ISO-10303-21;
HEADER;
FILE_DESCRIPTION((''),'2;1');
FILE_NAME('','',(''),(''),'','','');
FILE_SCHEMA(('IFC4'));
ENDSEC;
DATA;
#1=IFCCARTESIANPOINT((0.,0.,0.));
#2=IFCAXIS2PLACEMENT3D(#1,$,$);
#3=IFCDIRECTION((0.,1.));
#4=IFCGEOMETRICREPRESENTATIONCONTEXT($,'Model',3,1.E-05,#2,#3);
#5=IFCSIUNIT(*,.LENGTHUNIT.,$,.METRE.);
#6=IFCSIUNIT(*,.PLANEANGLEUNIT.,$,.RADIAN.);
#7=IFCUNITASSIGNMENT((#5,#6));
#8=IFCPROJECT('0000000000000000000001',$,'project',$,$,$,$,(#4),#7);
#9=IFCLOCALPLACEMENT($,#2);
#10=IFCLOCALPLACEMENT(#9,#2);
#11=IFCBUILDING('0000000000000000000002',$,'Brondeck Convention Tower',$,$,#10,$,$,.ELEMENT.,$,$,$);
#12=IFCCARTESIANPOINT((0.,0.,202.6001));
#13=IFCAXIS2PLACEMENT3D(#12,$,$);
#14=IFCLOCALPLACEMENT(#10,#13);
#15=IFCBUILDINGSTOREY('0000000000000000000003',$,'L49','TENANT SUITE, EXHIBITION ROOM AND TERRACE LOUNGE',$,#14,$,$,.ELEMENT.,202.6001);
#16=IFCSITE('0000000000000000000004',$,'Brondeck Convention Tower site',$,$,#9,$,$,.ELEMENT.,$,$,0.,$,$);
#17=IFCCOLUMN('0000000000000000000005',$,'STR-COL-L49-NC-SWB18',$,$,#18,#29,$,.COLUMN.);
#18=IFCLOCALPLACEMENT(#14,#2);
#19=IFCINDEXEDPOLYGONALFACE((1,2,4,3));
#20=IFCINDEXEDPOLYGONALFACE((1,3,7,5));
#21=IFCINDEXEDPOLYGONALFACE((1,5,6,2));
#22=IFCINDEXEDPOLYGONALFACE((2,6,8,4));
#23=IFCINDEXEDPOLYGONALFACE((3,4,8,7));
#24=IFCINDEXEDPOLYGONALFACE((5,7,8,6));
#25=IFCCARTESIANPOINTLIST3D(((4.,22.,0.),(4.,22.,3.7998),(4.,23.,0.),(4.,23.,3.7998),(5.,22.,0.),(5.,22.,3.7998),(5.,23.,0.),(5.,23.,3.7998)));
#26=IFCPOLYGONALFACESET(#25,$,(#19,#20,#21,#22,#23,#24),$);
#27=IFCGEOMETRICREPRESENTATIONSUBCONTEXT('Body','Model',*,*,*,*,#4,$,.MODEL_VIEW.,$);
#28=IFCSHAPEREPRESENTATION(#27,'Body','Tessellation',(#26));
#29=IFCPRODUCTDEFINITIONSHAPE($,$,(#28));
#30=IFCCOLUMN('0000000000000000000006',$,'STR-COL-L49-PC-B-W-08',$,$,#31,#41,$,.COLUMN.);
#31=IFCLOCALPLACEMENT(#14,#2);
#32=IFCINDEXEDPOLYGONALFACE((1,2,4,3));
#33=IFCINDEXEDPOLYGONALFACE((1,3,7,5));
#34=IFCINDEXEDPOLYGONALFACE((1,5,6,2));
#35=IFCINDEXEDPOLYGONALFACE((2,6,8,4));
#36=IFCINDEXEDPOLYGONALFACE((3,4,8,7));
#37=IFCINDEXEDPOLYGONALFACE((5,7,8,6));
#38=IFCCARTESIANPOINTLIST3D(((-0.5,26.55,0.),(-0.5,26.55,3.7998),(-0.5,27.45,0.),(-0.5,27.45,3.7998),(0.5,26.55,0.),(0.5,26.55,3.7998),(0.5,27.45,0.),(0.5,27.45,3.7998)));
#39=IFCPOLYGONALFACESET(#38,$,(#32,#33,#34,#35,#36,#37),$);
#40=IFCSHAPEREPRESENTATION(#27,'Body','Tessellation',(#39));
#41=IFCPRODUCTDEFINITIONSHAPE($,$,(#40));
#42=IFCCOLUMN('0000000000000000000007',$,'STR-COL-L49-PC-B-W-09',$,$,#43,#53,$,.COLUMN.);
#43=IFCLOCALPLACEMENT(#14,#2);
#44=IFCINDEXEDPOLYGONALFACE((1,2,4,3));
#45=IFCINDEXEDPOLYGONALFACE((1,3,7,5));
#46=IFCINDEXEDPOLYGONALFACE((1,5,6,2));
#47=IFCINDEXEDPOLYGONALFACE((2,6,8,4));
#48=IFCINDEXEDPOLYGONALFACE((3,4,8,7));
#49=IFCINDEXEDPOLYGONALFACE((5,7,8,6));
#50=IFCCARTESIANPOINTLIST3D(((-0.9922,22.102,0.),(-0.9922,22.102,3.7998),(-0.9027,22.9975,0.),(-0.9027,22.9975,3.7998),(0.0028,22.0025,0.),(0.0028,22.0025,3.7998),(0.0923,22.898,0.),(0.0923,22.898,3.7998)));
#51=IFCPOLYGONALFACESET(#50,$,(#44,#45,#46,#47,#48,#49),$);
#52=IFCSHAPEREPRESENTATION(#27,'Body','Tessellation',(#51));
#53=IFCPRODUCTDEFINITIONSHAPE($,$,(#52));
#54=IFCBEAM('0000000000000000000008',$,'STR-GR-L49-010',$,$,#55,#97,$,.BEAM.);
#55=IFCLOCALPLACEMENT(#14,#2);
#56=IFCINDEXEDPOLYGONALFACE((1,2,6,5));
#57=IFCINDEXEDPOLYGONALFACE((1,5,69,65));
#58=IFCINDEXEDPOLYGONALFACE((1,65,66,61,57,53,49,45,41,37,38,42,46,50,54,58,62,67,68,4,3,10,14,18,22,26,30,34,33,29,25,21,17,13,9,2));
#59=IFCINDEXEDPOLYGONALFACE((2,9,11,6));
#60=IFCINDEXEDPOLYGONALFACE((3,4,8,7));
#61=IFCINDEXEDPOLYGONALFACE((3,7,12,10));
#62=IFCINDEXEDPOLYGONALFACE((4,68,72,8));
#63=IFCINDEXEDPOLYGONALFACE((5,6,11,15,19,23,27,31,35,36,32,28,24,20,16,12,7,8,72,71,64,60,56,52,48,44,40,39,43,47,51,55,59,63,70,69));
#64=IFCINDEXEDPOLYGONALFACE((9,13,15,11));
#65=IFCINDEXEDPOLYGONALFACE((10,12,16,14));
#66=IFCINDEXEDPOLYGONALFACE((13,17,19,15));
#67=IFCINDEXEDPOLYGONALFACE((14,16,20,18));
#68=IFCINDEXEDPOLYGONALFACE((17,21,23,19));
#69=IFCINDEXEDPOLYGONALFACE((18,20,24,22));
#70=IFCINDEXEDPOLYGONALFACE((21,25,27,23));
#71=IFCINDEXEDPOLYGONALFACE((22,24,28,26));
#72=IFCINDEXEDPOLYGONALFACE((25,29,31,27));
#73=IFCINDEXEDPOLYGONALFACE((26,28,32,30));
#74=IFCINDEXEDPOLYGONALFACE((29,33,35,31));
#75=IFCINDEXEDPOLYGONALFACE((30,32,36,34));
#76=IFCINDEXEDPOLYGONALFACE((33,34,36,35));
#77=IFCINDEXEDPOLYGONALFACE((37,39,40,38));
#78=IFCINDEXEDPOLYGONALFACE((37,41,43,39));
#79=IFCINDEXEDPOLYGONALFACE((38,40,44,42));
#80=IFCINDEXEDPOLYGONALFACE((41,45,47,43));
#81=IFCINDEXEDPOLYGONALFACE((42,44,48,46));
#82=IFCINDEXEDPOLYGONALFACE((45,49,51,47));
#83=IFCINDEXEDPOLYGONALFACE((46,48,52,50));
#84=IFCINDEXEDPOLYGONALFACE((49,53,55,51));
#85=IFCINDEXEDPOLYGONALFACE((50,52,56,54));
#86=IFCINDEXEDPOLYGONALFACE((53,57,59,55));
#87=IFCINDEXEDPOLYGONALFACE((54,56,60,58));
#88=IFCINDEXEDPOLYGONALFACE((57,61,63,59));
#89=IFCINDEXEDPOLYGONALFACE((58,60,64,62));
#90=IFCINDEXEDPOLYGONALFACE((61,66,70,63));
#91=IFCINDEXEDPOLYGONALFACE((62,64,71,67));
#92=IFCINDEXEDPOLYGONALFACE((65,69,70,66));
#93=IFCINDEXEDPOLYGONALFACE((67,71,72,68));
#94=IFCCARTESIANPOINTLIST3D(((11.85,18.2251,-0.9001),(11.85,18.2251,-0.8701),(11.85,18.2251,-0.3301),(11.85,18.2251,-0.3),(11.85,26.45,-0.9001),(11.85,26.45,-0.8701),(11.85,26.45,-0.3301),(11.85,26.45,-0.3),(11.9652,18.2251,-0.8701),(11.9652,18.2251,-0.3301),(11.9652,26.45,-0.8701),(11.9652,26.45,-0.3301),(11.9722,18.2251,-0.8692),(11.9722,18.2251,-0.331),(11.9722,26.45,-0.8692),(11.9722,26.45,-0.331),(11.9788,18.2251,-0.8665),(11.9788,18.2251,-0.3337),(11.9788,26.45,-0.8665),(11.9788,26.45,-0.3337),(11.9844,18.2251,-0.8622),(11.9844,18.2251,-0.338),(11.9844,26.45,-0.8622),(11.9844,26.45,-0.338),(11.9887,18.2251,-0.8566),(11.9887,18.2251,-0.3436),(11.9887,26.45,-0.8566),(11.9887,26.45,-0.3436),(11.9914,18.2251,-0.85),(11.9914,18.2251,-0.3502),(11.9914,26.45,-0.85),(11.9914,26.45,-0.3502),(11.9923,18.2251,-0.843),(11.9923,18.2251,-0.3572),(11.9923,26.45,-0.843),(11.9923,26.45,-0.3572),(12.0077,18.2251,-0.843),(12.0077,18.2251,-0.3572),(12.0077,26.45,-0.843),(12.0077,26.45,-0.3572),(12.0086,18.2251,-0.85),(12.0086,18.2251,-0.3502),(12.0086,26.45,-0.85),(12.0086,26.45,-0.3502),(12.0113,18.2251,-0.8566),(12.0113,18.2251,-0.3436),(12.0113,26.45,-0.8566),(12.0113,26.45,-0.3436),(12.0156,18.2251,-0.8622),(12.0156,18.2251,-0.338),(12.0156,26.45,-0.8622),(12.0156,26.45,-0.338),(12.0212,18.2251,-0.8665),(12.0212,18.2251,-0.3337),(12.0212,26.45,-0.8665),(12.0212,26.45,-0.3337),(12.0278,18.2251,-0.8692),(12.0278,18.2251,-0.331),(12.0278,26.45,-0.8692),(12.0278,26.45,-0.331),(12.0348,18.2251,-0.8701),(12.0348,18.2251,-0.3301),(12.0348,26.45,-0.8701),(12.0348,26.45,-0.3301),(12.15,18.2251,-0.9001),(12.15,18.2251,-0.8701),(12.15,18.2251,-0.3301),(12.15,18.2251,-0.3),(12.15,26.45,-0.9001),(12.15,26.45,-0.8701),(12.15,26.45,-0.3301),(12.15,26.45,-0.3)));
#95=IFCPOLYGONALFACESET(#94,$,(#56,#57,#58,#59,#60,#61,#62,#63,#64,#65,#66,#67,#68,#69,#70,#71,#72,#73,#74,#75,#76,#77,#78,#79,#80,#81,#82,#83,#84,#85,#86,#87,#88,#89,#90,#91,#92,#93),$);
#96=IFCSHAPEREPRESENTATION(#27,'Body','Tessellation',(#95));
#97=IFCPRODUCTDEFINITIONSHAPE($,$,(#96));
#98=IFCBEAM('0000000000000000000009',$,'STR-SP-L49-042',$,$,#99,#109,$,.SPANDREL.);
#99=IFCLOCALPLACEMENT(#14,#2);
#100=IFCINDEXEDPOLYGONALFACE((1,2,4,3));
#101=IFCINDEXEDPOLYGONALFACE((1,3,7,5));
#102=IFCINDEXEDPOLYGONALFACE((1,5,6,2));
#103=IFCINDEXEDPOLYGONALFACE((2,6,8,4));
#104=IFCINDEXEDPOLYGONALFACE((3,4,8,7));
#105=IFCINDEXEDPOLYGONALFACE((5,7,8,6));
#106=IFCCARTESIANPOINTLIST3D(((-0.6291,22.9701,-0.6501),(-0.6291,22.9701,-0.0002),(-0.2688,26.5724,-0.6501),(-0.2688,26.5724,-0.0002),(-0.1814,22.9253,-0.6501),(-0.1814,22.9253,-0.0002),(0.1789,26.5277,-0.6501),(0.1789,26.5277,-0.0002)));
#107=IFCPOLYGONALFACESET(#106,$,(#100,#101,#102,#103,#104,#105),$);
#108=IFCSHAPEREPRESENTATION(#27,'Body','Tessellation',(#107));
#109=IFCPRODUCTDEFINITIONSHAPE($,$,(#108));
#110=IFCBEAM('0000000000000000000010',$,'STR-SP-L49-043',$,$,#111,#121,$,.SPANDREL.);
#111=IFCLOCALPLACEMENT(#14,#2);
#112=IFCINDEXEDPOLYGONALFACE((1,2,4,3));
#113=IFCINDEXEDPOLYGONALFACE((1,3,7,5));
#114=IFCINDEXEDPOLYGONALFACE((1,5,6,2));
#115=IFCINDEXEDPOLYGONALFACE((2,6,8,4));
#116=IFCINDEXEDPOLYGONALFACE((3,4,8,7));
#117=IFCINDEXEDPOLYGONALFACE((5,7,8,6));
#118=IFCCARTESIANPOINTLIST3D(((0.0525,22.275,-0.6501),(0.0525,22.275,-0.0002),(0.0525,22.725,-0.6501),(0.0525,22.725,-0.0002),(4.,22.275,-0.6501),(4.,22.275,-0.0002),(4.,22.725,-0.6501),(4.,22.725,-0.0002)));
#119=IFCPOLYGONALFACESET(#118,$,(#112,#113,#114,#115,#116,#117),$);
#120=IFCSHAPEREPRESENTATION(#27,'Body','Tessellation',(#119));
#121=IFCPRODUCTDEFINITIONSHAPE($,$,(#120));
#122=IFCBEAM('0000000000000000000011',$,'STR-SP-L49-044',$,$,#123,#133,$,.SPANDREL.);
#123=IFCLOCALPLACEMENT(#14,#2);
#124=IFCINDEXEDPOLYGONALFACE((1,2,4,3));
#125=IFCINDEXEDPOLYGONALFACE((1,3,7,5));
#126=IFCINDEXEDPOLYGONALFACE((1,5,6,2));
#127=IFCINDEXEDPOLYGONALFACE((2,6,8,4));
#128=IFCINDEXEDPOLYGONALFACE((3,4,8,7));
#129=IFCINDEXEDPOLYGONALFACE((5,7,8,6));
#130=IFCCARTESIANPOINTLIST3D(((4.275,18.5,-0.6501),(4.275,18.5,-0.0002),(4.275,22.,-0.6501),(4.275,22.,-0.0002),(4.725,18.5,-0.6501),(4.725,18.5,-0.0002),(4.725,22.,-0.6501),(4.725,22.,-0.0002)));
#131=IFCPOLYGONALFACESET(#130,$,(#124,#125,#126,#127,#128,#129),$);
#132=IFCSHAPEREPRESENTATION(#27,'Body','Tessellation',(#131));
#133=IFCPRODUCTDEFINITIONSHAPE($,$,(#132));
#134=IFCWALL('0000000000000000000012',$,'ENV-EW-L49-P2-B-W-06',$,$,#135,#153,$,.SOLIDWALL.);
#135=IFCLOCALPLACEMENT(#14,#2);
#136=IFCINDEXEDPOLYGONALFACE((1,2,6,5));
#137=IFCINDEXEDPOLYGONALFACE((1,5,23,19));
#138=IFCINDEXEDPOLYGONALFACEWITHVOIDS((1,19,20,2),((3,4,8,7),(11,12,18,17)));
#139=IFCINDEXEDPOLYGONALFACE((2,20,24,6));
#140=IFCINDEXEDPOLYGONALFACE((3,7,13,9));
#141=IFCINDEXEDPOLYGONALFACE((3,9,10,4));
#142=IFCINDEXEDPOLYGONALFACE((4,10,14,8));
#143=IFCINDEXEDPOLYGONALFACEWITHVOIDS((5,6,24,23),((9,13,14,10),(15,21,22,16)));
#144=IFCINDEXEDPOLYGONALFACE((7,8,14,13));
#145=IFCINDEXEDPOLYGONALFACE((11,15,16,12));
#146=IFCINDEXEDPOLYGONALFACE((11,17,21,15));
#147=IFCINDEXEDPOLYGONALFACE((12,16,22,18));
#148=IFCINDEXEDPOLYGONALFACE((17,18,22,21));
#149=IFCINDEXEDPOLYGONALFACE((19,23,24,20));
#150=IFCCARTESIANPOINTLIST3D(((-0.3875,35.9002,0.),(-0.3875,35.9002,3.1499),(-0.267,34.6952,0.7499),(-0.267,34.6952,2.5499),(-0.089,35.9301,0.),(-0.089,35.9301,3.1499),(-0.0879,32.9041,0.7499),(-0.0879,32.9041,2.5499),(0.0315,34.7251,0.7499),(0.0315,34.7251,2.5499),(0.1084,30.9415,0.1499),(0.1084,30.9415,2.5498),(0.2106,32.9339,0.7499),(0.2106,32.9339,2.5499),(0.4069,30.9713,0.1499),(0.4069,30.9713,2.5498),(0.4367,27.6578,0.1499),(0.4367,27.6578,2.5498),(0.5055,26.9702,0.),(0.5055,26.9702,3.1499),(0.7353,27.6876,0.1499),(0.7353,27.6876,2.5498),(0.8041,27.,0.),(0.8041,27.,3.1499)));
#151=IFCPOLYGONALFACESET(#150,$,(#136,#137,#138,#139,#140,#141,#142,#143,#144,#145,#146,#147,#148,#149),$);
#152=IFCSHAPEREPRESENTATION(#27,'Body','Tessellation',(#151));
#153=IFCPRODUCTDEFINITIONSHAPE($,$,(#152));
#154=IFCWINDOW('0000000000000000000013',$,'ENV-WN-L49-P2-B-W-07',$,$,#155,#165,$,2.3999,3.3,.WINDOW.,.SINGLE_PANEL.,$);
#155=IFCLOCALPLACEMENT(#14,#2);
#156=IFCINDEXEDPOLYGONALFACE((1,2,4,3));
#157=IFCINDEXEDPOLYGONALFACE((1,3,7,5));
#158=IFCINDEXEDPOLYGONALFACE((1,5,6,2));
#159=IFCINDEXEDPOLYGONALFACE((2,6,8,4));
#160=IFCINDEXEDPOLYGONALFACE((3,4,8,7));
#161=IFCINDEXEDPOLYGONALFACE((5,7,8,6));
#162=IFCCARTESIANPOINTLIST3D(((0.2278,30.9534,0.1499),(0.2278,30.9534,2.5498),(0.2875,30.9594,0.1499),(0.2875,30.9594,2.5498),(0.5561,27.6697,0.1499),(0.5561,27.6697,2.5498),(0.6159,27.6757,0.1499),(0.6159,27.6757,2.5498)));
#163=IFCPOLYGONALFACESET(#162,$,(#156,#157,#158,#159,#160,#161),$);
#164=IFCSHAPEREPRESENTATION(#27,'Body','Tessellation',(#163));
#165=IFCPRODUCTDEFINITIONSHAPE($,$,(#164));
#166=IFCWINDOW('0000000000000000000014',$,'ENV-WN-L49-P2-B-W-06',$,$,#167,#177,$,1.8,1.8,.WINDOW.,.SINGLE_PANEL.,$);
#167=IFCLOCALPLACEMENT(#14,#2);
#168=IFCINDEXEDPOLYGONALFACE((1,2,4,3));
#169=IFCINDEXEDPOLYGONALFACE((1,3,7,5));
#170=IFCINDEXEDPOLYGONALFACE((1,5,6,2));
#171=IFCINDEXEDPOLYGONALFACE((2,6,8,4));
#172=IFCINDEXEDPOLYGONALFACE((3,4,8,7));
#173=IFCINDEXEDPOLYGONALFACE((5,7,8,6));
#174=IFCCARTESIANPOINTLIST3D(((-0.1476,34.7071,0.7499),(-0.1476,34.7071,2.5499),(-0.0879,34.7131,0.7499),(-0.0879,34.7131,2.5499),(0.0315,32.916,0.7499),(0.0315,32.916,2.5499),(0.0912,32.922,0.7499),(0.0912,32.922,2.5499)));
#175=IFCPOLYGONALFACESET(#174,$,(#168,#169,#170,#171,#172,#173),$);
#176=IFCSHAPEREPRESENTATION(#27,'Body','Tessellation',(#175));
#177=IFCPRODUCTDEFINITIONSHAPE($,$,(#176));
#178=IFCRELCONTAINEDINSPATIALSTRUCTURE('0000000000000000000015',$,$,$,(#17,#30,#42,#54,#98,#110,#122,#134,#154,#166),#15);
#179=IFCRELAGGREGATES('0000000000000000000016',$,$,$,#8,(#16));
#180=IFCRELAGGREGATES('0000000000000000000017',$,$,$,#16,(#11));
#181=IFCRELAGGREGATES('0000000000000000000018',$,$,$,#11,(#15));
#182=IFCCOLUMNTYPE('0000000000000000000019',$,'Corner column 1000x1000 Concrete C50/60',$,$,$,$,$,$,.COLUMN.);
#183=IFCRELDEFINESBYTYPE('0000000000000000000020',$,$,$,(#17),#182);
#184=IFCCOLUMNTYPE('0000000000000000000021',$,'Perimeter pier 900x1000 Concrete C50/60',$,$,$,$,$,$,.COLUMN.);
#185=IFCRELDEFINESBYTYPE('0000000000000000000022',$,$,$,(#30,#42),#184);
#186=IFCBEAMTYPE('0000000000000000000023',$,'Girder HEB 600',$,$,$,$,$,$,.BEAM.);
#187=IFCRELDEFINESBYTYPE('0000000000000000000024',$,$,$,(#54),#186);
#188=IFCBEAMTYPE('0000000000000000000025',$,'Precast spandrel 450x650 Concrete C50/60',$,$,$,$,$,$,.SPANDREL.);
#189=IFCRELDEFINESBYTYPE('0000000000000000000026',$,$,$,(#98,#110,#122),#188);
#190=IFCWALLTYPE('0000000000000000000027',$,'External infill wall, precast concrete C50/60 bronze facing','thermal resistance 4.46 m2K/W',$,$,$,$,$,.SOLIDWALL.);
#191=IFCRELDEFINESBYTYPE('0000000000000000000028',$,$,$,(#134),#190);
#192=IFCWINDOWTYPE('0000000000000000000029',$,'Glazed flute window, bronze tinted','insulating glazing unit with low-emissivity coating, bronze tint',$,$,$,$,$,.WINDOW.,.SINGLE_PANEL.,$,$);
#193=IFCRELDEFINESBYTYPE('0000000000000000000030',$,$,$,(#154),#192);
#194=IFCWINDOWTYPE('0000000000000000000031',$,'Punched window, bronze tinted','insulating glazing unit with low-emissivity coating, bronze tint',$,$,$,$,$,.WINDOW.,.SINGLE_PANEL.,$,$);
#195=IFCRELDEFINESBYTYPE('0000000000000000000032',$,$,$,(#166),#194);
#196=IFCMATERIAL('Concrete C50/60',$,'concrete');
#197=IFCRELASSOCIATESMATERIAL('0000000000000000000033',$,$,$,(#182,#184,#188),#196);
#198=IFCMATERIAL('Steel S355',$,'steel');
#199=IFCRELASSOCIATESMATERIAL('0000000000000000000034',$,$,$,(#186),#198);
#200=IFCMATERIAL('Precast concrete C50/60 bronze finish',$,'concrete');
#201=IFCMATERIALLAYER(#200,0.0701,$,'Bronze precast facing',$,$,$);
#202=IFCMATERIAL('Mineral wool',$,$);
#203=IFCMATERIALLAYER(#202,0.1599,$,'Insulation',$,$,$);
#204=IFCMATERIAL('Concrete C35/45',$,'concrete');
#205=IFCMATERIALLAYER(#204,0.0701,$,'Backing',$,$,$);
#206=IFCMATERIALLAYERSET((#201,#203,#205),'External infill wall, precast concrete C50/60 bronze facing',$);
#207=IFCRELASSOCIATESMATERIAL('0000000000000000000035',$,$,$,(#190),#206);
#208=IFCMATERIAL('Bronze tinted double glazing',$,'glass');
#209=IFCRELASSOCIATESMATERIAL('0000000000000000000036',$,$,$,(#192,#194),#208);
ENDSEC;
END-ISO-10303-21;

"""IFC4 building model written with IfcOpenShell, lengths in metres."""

from ifc_helpers import new_model, si_unit, direction, frame, frame_2d, origin, origin_2d, place, context, subcontext, project, spatial, rectangle, i_section, extrude, material, layer, layer_set, material_profile, profile_set, type_object, element, fill, save


model = new_model("IFC4")

# Units and contexts
model_context = context("Model", 3, precision=1e-05, world=origin(), true_north=direction((0.0, 1.0)))
body_context = subcontext(model_context, "Body", "Model", "MODEL_VIEW")
ifc_project = project(units=[si_unit("LENGTHUNIT", "METRE"), si_unit("PLANEANGLEUNIT", "RADIAN")], contexts=[model_context])

# Site, building, storey
site_placement = place(None, origin())
site = spatial("IfcSite", under=ifc_project, at=site_placement, Name="Brondeck Convention Tower site", CompositionType="ELEMENT", RefElevation=0.0)
building_placement = place(site_placement, origin())
building = spatial("IfcBuilding", under=site, at=building_placement, Name="Brondeck Convention Tower", CompositionType="ELEMENT")
storey_placement = place(building_placement, frame((0.0, 0.0, 202.6001)))
storey = spatial("IfcBuildingStorey", under=building, at=storey_placement, Name="L49", Description="TENANT SUITE, EXHIBITION ROOM AND TERRACE LOUNGE", CompositionType="ELEMENT", Elevation=202.6001)

# Columns
ifc_material_1 = material(Name="Concrete C50/60", Category="concrete")
ifc_material_profile_1 = material_profile(ifc_material_1, rectangle(XDim=1.0, YDim=1.0, at=origin_2d()), Name="Corner column 1000x1000 Concrete C50/60")
ifc_profile_set_1 = profile_set([ifc_material_profile_1], Name="Concrete C50/60")
column_type_1 = type_object("IfcColumnType", Name="Corner column 1000x1000 Concrete C50/60", PredefinedType="COLUMN", material=ifc_profile_set_1)
column_placement = place(storey_placement, frame((4.5, 22.5, 0.0), z_axis=(0.0, 0.0, 1.0), x_axis=(1.0, 0.0, 0.0)))
element("IfcColumn", 1, at=column_placement, inside=storey, type_object=column_type_1, Name="STR-COL-L49-NC-SWB18", PredefinedType="COLUMN", context=body_context, shape_type="SweptSolid", body=[
    extrude(rectangle(XDim=1.0, YDim=1.0, at=origin_2d()), origin(), (0.0, 0.0, 1.0), 3.7998),
])
ifc_material_profile_2 = material_profile(ifc_material_1, rectangle(XDim=0.8999, YDim=1.0, at=origin_2d()), Name="Perimeter pier 900x1000 Concrete C50/60")
ifc_profile_set_2 = profile_set([ifc_material_profile_2], Name="Concrete C50/60")
column_type_2 = type_object("IfcColumnType", Name="Perimeter pier 900x1000 Concrete C50/60", PredefinedType="COLUMN", material=ifc_profile_set_2)
for number, where, z_axis, x_axis, name in (
    (2, (0.0, 27.0, 0.0), (0.0, 0.0, 1.0), (0.0, -1.0, 0.0), "STR-COL-L49-PC-B-W-08"),
    (3, (-0.45, 22.5, 0.0), (0.0, 0.0, 1.0), (-0.099504, -0.995037, 0.0), "STR-COL-L49-PC-B-W-09"),
):
    element("IfcColumn", number, at=place(storey_placement, frame(where, z_axis=z_axis, x_axis=x_axis)), inside=storey, type_object=column_type_2, Name=name, PredefinedType="COLUMN", context=body_context, shape_type="SweptSolid", body=[
        extrude(rectangle(XDim=0.8999, YDim=1.0, at=origin_2d()), origin(), (0.0, 0.0, 1.0), 3.7998),
    ])

# Beams
ifc_material_2 = material(Name="Steel S355", Category="steel")
ifc_material_profile_3 = material_profile(ifc_material_2, i_section(OverallWidth=0.3, OverallDepth=0.6001, WebThickness=0.0154, FlangeThickness=0.03, FilletRadius=0.0271, at=origin_2d()), Name="HEB 600")
ifc_profile_set_3 = profile_set([ifc_material_profile_3], Name="Steel S355")
beam_type_1 = type_object("IfcBeamType", Name="Girder HEB 600", PredefinedType="BEAM", material=ifc_profile_set_3)
beam_1_placement = place(storey_placement, frame((12.0, 26.45, -0.6001), z_axis=(0.0, -1.0, 0.0), x_axis=(1.0, 0.0, 0.0)))
element("IfcBeam", 4, at=beam_1_placement, inside=storey, type_object=beam_type_1, Name="STR-GR-L49-010", PredefinedType="BEAM", context=body_context, shape_type="SweptSolid", body=[
    extrude(i_section(OverallWidth=0.3, OverallDepth=0.6001, WebThickness=0.0154, FlangeThickness=0.03, FilletRadius=0.0271, at=origin_2d()), origin(), (0.0, 0.0, 1.0), 8.2249),
])
ifc_material_profile_4 = material_profile(ifc_material_1, rectangle(XDim=0.45, YDim=0.6499, at=origin_2d()), Name="Precast spandrel 450x650 Concrete C50/60")
ifc_profile_set_4 = profile_set([ifc_material_profile_4], Name="Concrete C50/60")
beam_type_2 = type_object("IfcBeamType", Name="Precast spandrel 450x650 Concrete C50/60", PredefinedType="SPANDREL", material=ifc_profile_set_4)
beam_2_placement = place(storey_placement, frame((-0.0449, 26.55, -0.3252), z_axis=(-0.099537, -0.995034, 0.0), x_axis=(0.995034, -0.099537, 0.0)))
element("IfcBeam", 5, at=beam_2_placement, inside=storey, type_object=beam_type_2, Name="STR-SP-L49-042", PredefinedType="SPANDREL", context=body_context, shape_type="SweptSolid", body=[
    extrude(rectangle(XDim=0.45, YDim=0.6499, at=origin_2d()), origin(), (0.0, 0.0, 1.0), 3.6204),
])
beam_3_placement = place(storey_placement, frame((0.0525, 22.5, -0.3252), z_axis=(1.0, 0.0, 0.0), x_axis=(0.0, 1.0, 0.0)))
element("IfcBeam", 6, at=beam_3_placement, inside=storey, type_object=beam_type_2, Name="STR-SP-L49-043", PredefinedType="SPANDREL", context=body_context, shape_type="SweptSolid", body=[
    extrude(rectangle(XDim=0.45, YDim=0.6499, at=origin_2d()), origin(), (0.0, 0.0, 1.0), 3.9475),
])
beam_4_placement = place(storey_placement, frame((4.5, 22.0, -0.3252), z_axis=(0.0, -1.0, 0.0), x_axis=(1.0, 0.0, 0.0)))
element("IfcBeam", 7, at=beam_4_placement, inside=storey, type_object=beam_type_2, Name="STR-SP-L49-044", PredefinedType="SPANDREL", context=body_context, shape_type="SweptSolid", body=[
    extrude(rectangle(XDim=0.45, YDim=0.6499, at=origin_2d()), origin(), (0.0, 0.0, 1.0), 3.5),
])

# Wall, openings, windows
ifc_material_3 = material(Name="Precast concrete C50/60 bronze finish", Category="concrete")
ifc_layer_1 = layer(ifc_material_3, 0.0701, Name="Bronze precast facing")
ifc_material_4 = material(Name="Mineral wool")
ifc_layer_2 = layer(ifc_material_4, 0.1599, Name="Insulation")
ifc_material_5 = material(Name="Concrete C35/45", Category="concrete")
ifc_layer_3 = layer(ifc_material_5, 0.0701, Name="Backing")
ifc_layer_set_1 = layer_set([ifc_layer_1, ifc_layer_2, ifc_layer_3], Name="External infill wall, precast concrete C50/60 bronze facing")
wall_type_1 = type_object("IfcWallType", Name="External infill wall, precast concrete C50/60 bronze facing", Description="thermal resistance 4.46 m2K/W", PredefinedType="SOLIDWALL", material=ifc_layer_set_1)
wall_1_placement = place(storey_placement, frame((0.6548, 26.9851, 0.0), z_axis=(0.0, 0.0, 1.0), x_axis=(-0.099509, 0.995037, 0.0)))
wall_1 = element("IfcWall", 8, at=wall_1_placement, inside=storey, type_object=wall_type_1, Name="ENV-EW-L49-P2-B-W-06", PredefinedType="SOLIDWALL", context=body_context, shape_type="SweptSolid", body=[
    extrude(rectangle(XDim=8.9746, YDim=0.3, at=frame_2d((4.4873, 0.0))), origin(), (0.0, 0.0, 1.0), 3.1499),
])
opening_1_placement = place(wall_1_placement, frame((0.6912, 0.0, 0.1499)))
opening_1 = element("IfcOpeningElement", 9, at=opening_1_placement, cuts=wall_1, PredefinedType="OPENING", context=body_context, shape_type="SweptSolid", body=[
    extrude(rectangle(XDim=3.3, YDim=2.3999, at=frame_2d((1.6499, 1.2))), frame((0.0, 0.1599, 0.0), z_axis=(0.0, -1.0, 0.0), x_axis=(1.0, 0.0, 0.0)), (0.0, 0.0, 1.0), 0.3201),
])
opening_2_placement = place(wall_1_placement, frame((5.9636, 0.0, 0.75)))
opening_2 = element("IfcOpeningElement", 10, at=opening_2_placement, cuts=wall_1, PredefinedType="OPENING", context=body_context, shape_type="SweptSolid", body=[
    extrude(rectangle(XDim=1.8, YDim=1.8, at=frame_2d((0.8999, 0.8999))), frame((0.0, 0.1599, 0.0), z_axis=(0.0, -1.0, 0.0), x_axis=(1.0, 0.0, 0.0)), (0.0, 0.0, 1.0), 0.3201),
])
ifc_material_6 = material(Name="Bronze tinted double glazing", Category="glass")
window_type_1 = type_object("IfcWindowType", Name="Glazed flute window, bronze tinted", Description="insulating glazing unit with low-emissivity coating, bronze tint", PartitioningType="SINGLE_PANEL", PredefinedType="WINDOW", material=ifc_material_6)
window_1_placement = place(opening_1_placement, origin())
window_1 = element("IfcWindow", 11, at=window_1_placement, inside=storey, type_object=window_type_1, Name="ENV-WN-L49-P2-B-W-07", OverallHeight=2.3999, OverallWidth=3.3, PartitioningType="SINGLE_PANEL", PredefinedType="WINDOW", context=body_context, shape_type="SweptSolid", body=[
    extrude(rectangle(XDim=3.3, YDim=2.3999, at=frame_2d((1.6499, 1.2))), frame((0.0, 0.03, 0.0), z_axis=(0.0, -1.0, 0.0), x_axis=(1.0, 0.0, 0.0)), (0.0, 0.0, 1.0), 0.0601),
])
fill(opening_1, window_1)
window_type_2 = type_object("IfcWindowType", Name="Punched window, bronze tinted", Description="insulating glazing unit with low-emissivity coating, bronze tint", PartitioningType="SINGLE_PANEL", PredefinedType="WINDOW", material=ifc_material_6)
window_2_placement = place(opening_2_placement, origin())
window_2 = element("IfcWindow", 12, at=window_2_placement, inside=storey, type_object=window_type_2, Name="ENV-WN-L49-P2-B-W-06", OverallHeight=1.8, OverallWidth=1.8, PartitioningType="SINGLE_PANEL", PredefinedType="WINDOW", context=body_context, shape_type="SweptSolid", body=[
    extrude(rectangle(XDim=1.8, YDim=1.8, at=frame_2d((0.8999, 0.8999))), frame((0.0, 0.03, 0.0), z_axis=(0.0, -1.0, 0.0), x_axis=(1.0, 0.0, 0.0)), (0.0, 0.0, 1.0), 0.0601),
])
fill(opening_2, window_2)

save(model, "model.ifc")
